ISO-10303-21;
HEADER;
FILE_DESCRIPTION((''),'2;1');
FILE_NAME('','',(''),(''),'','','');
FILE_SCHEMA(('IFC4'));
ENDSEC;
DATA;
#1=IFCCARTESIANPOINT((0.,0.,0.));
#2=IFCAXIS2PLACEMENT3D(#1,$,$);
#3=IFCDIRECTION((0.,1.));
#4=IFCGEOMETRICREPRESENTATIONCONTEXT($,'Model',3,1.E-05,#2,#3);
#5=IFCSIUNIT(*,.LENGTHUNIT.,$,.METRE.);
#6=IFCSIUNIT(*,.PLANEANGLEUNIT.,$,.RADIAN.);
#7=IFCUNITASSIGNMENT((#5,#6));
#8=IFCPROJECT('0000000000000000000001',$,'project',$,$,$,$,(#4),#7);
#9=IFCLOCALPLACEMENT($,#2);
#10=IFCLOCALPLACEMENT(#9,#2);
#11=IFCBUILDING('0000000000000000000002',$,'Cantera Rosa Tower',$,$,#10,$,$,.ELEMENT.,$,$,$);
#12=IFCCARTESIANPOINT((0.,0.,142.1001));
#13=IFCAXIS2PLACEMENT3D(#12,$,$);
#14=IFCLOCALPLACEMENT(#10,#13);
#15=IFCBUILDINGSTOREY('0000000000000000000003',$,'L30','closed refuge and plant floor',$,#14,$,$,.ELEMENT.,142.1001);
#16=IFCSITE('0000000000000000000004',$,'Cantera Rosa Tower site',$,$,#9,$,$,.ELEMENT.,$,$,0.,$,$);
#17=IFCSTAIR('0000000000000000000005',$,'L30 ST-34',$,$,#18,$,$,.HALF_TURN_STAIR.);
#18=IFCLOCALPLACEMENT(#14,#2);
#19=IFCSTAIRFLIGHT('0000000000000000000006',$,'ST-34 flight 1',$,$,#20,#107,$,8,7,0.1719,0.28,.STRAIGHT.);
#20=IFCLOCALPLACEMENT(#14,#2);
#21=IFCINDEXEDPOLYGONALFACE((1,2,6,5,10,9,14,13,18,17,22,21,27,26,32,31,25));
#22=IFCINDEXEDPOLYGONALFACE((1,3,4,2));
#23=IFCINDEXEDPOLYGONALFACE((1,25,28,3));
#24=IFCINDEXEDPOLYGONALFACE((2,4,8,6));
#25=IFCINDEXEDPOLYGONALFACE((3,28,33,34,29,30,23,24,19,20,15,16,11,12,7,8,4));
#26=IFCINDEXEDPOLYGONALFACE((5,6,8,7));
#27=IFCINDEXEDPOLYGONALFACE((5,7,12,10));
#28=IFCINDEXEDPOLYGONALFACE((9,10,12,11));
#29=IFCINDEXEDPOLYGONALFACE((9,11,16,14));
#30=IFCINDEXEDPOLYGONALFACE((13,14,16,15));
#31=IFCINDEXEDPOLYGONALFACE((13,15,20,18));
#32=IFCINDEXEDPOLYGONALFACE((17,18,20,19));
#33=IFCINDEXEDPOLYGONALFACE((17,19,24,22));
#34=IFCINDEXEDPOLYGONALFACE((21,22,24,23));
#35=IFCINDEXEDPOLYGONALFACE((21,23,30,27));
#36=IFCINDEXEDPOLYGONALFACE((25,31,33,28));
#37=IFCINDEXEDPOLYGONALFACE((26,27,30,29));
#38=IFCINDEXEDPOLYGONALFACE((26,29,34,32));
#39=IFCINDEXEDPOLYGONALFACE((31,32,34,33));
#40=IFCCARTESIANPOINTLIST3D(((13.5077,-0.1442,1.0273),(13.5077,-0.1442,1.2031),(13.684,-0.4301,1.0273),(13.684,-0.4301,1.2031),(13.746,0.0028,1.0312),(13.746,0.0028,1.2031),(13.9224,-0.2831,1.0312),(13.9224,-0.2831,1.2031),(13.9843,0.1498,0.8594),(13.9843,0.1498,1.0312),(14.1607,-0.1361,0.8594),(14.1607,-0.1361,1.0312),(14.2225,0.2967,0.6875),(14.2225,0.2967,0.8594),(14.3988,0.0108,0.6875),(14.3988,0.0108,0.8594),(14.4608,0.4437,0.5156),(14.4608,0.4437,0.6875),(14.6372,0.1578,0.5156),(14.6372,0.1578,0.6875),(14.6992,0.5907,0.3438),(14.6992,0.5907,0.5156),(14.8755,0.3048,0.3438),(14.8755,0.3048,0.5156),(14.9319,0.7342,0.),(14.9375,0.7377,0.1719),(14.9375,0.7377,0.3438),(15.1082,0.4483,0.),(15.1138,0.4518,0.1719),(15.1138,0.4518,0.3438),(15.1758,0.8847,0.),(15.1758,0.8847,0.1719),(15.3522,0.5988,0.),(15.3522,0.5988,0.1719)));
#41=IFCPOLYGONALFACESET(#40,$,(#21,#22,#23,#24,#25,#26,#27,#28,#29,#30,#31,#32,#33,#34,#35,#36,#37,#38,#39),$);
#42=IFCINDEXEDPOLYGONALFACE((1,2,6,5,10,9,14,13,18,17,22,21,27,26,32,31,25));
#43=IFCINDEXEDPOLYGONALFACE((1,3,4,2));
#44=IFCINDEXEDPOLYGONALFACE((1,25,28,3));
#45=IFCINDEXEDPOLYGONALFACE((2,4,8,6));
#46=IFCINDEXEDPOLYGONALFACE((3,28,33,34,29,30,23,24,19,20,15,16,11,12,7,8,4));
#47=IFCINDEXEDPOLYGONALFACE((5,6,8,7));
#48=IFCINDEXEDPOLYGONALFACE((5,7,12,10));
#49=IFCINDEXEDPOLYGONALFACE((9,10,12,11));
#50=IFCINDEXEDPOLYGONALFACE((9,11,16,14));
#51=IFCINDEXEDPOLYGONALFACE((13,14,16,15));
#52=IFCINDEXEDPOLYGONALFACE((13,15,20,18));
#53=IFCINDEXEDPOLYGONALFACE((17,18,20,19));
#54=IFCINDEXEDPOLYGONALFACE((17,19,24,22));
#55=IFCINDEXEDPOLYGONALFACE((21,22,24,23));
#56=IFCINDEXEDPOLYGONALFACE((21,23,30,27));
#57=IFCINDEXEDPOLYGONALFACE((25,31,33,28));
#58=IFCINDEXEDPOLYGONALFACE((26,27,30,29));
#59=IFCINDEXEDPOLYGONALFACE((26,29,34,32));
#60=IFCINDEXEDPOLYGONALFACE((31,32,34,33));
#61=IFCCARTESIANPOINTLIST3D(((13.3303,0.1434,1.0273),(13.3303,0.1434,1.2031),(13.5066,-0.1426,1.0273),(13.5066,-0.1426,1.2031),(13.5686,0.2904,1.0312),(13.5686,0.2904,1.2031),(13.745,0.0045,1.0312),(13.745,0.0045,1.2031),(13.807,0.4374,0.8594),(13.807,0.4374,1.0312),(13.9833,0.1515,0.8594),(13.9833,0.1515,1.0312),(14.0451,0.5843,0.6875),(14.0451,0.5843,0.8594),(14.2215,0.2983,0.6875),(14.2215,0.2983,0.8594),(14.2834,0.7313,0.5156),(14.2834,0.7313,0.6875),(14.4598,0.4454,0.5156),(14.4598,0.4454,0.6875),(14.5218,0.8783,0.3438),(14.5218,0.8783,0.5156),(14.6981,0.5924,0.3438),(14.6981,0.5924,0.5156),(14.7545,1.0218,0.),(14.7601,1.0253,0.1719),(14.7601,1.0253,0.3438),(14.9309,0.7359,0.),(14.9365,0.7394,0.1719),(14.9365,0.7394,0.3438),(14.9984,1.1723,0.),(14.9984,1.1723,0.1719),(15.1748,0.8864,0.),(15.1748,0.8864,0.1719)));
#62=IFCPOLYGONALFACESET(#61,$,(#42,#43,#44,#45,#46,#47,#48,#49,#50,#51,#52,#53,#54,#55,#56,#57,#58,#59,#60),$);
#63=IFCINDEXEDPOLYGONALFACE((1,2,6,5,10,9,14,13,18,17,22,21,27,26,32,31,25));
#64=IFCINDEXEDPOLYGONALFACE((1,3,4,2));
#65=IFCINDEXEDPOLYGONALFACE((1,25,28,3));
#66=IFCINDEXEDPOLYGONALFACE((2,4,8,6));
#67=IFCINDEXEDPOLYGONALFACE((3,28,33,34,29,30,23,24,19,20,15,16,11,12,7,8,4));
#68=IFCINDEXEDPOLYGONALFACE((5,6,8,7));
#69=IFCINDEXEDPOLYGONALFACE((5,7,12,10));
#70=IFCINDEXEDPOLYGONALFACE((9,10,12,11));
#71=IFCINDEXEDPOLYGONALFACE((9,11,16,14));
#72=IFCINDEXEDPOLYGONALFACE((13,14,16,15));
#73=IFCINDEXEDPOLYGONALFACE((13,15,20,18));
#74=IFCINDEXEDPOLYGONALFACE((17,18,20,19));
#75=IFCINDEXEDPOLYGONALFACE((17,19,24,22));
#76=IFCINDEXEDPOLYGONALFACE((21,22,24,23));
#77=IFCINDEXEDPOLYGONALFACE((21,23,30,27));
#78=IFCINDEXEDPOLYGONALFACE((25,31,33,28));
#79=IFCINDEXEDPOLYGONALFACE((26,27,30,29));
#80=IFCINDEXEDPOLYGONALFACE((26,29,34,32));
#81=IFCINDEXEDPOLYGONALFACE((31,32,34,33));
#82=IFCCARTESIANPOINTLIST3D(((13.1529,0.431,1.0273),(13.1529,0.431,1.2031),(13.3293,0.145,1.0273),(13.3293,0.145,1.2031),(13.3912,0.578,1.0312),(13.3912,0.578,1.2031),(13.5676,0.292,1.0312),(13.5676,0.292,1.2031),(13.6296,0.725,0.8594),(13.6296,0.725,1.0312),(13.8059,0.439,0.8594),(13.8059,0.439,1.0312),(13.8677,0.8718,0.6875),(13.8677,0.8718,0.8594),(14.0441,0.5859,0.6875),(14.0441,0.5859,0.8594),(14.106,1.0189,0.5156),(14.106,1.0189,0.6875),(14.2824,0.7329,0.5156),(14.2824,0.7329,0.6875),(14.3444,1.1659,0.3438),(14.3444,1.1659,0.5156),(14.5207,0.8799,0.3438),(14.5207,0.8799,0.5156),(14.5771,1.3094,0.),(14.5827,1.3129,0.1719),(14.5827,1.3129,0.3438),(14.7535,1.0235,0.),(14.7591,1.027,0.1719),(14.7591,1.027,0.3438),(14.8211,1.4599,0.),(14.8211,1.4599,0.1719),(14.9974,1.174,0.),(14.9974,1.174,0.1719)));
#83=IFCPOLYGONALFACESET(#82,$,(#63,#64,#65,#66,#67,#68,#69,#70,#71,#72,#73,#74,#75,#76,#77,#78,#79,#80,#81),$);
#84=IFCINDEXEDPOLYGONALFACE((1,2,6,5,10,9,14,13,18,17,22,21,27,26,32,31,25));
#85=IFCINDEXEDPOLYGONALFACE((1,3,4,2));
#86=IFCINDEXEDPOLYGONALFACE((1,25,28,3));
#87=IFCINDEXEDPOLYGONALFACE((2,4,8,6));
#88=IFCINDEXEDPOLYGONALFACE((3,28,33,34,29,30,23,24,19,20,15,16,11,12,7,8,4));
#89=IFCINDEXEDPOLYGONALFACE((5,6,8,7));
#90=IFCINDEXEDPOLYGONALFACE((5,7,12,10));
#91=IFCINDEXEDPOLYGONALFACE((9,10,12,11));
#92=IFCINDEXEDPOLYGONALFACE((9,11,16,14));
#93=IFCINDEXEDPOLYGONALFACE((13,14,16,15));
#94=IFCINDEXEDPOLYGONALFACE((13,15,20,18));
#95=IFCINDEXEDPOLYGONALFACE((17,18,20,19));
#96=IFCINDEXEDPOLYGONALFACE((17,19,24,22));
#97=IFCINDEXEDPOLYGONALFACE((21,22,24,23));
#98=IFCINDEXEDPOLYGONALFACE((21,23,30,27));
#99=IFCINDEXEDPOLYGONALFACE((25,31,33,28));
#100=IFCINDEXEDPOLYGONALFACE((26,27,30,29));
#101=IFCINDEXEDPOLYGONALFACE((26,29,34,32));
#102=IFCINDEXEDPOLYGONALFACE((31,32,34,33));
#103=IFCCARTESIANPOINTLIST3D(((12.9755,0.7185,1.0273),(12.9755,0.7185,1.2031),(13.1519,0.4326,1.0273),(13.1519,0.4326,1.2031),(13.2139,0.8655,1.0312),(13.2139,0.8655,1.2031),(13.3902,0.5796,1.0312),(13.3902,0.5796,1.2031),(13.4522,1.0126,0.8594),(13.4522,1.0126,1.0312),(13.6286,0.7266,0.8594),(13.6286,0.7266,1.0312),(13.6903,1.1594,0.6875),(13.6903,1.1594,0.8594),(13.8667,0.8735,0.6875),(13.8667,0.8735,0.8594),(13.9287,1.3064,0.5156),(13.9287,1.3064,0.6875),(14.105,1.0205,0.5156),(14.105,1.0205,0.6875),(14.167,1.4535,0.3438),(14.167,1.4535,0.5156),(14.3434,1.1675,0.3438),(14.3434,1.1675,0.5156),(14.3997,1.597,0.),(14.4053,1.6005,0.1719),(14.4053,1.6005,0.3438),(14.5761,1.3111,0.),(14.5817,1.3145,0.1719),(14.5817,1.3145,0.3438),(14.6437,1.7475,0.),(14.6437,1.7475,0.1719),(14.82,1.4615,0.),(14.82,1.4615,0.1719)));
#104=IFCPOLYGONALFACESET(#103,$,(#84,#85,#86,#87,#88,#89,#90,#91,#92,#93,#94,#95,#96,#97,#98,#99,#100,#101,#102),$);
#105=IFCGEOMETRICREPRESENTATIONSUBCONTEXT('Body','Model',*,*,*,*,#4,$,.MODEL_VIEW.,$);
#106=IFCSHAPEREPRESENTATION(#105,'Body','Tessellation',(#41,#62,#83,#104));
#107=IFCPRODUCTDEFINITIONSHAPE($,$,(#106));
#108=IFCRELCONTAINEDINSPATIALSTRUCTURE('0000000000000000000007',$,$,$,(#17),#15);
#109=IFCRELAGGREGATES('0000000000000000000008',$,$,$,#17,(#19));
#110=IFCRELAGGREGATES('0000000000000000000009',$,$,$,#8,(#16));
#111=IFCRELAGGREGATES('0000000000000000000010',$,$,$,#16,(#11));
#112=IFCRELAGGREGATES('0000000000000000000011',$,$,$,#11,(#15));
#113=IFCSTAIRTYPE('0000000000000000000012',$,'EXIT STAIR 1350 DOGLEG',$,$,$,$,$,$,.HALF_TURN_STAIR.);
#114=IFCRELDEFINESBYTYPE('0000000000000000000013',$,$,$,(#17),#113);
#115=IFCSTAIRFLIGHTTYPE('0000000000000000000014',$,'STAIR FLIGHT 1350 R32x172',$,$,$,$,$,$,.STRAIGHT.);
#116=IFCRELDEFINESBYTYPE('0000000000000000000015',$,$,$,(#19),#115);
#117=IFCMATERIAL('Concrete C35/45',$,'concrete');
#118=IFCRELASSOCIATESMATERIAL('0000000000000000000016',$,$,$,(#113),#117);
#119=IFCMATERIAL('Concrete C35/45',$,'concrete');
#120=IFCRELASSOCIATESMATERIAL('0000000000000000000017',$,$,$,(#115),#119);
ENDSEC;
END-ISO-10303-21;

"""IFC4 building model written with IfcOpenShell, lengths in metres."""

from ifc_helpers import new_model, si_unit, direction, frame, origin, place, context, subcontext, project, spatial, polyline, outline, extrude, material, type_object, element, aggregate, save


model = new_model("IFC4")

# Units and contexts
model_context = context("Model", 3, precision=1e-05, world=origin(), true_north=direction((0.0, 1.0)))
body_context = subcontext(model_context, "Body", "Model", "MODEL_VIEW")
ifc_project = project(units=[si_unit("LENGTHUNIT", "METRE"), si_unit("PLANEANGLEUNIT", "RADIAN")], contexts=[model_context])

# Site, building, storey
site_placement = place(None, origin())
site = spatial("IfcSite", under=ifc_project, at=site_placement, Name="Cantera Rosa Tower site", CompositionType="ELEMENT", RefElevation=0.0)
building_placement = place(site_placement, origin())
building = spatial("IfcBuilding", under=site, at=building_placement, Name="Cantera Rosa Tower", CompositionType="ELEMENT")
storey_placement = place(building_placement, frame((0.0, 0.0, 142.1001)))
storey = spatial("IfcBuildingStorey", under=building, at=storey_placement, Name="L30", Description="closed refuge and plant floor", CompositionType="ELEMENT", Elevation=142.1001)

# Stair, stair flight
ifc_material_1 = material(Name="Concrete C35/45", Category="concrete")
stair_type = type_object("IfcStairType", Name="EXIT STAIR 1350 DOGLEG", PredefinedType="HALF_TURN_STAIR", material=ifc_material_1)
ifc_material_2 = material(Name="Concrete C35/45", Category="concrete")
stair_flight_type = type_object("IfcStairFlightType", Name="STAIR FLIGHT 1350 R32x172", PredefinedType="STRAIGHT", material=ifc_material_2)
stair_1_placement = place(storey_placement, origin())
stair_1 = element("IfcStair", 1, at=stair_1_placement, inside=storey, type_object=stair_type, Name="L30 ST-34", PredefinedType="HALF_TURN_STAIR")
stair_flight_1_placement = place(storey_placement, frame((14.9978, 1.1733, 0.0), z_axis=(0.0, 0.0, 1.0), x_axis=(-0.851117, -0.524977, 0.0)))
stair_flight_1 = element("IfcStairFlight", 2, at=stair_flight_1_placement, type_object=stair_flight_type, Name="ST-34 flight 1", NumberOfRisers=8, NumberOfTreads=7, PredefinedType="STRAIGHT", RiserHeight=0.1719, TreadLength=0.28, context=body_context, shape_type="SweptSolid", body=[
    extrude(outline(polyline([(0.0, 0.0), (0.0, 0.1719), (0.28, 0.1719), (0.28, 0.3438), (0.5601, 0.3438), (0.5601, 0.5156), (0.8401, 0.5156), (0.8401, 0.6875), (1.1201, 0.6875), (1.1201, 0.8594), (1.3999, 0.8594), (1.3999, 1.0312), (1.6799, 1.0312), (1.6799, 1.2031), (1.96, 1.2031), (1.96, 1.375), (1.96, 1.0273), (0.2866, 0.0), (0.0, 0.0)])), frame((0.0, 0.675, 0.0), z_axis=(0.0, -1.0, 0.0), x_axis=(1.0, 0.0, 0.0)), (0.0, 0.0, 1.0), 0.3359),
    extrude(outline(polyline([(0.0, 0.0), (0.0, 0.1719), (0.28, 0.1719), (0.28, 0.3438), (0.5601, 0.3438), (0.5601, 0.5156), (0.8401, 0.5156), (0.8401, 0.6875), (1.1201, 0.6875), (1.1201, 0.8594), (1.3999, 0.8594), (1.3999, 1.0312), (1.6799, 1.0312), (1.6799, 1.2031), (1.96, 1.2031), (1.96, 1.375), (1.96, 1.0273), (0.2866, 0.0), (0.0, 0.0)])), frame((0.0, 0.3372, 0.0), z_axis=(0.0, -1.0, 0.0), x_axis=(1.0, 0.0, 0.0)), (0.0, 0.0, 1.0), 0.3359),
    extrude(outline(polyline([(0.0, 0.0), (0.0, 0.1719), (0.28, 0.1719), (0.28, 0.3438), (0.5601, 0.3438), (0.5601, 0.5156), (0.8401, 0.5156), (0.8401, 0.6875), (1.1201, 0.6875), (1.1201, 0.8594), (1.3999, 0.8594), (1.3999, 1.0312), (1.6799, 1.0312), (1.6799, 1.2031), (1.96, 1.2031), (1.96, 1.375), (1.96, 1.0273), (0.2866, 0.0), (0.0, 0.0)])), frame((0.0, -0.0007, 0.0), z_axis=(0.0, -1.0, 0.0), x_axis=(1.0, 0.0, 0.0)), (0.0, 0.0, 1.0), 0.3359),
    extrude(outline(polyline([(0.0, 0.0), (0.0, 0.1719), (0.28, 0.1719), (0.28, 0.3438), (0.5601, 0.3438), (0.5601, 0.5156), (0.8401, 0.5156), (0.8401, 0.6875), (1.1201, 0.6875), (1.1201, 0.8594), (1.3999, 0.8594), (1.3999, 1.0312), (1.6799, 1.0312), (1.6799, 1.2031), (1.96, 1.2031), (1.96, 1.375), (1.96, 1.0273), (0.2866, 0.0), (0.0, 0.0)])), frame((0.0, -0.3386, 0.0), z_axis=(0.0, -1.0, 0.0), x_axis=(1.0, 0.0, 0.0)), (0.0, 0.0, 1.0), 0.3359),
])
aggregate(stair_1, [stair_flight_1])

save(model, "model.ifc")
